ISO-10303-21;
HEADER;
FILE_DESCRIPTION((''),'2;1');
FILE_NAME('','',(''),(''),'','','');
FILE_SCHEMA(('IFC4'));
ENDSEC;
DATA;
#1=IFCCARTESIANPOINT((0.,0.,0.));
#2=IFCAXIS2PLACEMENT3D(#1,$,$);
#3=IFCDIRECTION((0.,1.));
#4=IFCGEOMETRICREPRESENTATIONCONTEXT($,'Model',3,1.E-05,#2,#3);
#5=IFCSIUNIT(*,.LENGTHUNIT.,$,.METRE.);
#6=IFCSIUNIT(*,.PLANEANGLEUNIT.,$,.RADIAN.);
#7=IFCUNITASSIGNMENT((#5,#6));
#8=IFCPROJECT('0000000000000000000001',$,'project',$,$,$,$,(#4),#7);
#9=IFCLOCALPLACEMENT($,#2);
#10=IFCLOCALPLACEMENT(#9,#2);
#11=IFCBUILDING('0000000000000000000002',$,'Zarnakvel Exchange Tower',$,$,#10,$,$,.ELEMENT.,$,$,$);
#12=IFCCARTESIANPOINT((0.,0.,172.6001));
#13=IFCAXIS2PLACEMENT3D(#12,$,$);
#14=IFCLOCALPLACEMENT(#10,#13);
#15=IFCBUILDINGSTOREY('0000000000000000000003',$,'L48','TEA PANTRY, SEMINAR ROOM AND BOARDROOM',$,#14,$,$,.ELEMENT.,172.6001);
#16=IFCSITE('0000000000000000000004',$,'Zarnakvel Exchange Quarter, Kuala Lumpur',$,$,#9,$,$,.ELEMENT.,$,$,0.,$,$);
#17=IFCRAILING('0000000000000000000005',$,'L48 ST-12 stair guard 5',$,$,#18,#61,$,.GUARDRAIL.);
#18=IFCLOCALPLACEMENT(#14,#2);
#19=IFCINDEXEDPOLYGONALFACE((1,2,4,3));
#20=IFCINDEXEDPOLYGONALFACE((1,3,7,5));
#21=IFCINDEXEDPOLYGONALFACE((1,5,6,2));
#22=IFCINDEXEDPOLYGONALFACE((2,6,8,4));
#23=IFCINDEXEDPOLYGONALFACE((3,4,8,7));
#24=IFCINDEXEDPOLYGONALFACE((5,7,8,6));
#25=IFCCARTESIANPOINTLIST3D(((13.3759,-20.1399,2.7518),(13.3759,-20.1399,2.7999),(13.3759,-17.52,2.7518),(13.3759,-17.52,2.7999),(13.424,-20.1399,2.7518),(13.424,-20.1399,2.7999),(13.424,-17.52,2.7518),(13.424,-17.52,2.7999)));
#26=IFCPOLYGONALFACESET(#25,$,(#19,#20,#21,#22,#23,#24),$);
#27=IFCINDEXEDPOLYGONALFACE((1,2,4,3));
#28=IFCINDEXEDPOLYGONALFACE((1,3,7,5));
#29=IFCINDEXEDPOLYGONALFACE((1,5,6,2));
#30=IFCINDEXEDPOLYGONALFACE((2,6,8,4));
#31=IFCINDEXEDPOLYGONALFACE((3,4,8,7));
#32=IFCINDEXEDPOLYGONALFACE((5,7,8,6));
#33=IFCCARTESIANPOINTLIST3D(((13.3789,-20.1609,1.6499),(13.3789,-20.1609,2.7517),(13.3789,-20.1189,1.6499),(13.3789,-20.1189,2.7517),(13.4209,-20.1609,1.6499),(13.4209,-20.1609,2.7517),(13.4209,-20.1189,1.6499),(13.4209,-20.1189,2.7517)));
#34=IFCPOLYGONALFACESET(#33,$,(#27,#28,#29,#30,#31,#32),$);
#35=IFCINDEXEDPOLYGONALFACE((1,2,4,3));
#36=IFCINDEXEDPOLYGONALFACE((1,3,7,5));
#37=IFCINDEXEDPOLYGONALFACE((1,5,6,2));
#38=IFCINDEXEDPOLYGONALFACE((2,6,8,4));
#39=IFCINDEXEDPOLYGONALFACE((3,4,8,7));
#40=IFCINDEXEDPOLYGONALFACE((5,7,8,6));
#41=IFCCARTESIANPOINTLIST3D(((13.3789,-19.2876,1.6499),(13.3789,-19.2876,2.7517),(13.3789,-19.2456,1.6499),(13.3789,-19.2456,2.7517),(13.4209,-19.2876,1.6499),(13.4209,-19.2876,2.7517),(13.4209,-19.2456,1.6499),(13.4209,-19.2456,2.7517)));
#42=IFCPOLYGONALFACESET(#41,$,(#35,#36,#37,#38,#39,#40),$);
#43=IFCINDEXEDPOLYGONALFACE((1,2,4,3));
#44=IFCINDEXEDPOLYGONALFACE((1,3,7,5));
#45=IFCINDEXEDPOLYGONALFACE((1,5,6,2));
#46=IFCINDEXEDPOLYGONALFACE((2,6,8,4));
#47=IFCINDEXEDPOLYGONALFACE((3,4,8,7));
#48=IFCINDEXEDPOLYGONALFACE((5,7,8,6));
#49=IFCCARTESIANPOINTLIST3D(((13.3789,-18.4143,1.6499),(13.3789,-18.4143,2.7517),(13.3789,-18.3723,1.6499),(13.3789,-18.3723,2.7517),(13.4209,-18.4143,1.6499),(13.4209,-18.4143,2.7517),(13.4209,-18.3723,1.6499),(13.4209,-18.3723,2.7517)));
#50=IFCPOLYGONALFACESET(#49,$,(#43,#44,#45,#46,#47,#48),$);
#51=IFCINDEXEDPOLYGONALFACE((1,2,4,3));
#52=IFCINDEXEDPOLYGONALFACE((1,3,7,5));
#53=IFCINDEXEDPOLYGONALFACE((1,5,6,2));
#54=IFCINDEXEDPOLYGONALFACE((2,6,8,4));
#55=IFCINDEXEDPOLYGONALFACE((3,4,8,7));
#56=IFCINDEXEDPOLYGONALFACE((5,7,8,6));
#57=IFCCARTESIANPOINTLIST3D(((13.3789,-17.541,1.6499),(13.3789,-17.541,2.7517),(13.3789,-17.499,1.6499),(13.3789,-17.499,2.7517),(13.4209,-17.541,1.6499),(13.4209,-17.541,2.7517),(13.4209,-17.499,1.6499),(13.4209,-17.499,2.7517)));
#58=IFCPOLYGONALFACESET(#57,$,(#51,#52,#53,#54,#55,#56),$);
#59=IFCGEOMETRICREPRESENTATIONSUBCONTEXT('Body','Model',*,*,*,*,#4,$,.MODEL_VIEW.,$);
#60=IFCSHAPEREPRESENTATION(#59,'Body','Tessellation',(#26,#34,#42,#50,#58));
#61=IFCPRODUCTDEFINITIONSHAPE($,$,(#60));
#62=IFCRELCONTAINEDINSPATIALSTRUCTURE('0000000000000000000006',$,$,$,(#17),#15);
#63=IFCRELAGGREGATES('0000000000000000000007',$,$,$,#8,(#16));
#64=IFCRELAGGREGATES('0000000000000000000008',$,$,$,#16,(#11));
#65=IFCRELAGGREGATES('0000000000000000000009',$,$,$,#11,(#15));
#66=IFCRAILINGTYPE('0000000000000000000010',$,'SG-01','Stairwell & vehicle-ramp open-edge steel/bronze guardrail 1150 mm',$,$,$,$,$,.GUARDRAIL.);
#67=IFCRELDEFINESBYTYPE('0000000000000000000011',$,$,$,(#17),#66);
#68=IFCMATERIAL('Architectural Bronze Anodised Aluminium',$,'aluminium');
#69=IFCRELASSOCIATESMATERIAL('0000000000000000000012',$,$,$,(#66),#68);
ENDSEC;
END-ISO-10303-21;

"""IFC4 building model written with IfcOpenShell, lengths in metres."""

from ifc_helpers import new_model, si_unit, direction, frame, origin, origin_2d, place, context, subcontext, project, spatial, rectangle, extrude, material, type_object, element, save


model = new_model("IFC4")

# Units and contexts
model_context = context("Model", 3, precision=1e-05, world=origin(), true_north=direction((0.0, 1.0)))
body_context = subcontext(model_context, "Body", "Model", "MODEL_VIEW")
ifc_project = project(units=[si_unit("LENGTHUNIT", "METRE"), si_unit("PLANEANGLEUNIT", "RADIAN")], contexts=[model_context])

# Site, building, storey
site_placement = place(None, origin())
site = spatial("IfcSite", under=ifc_project, at=site_placement, Name="Zarnakvel Exchange Quarter, Kuala Lumpur", CompositionType="ELEMENT", RefElevation=0.0)
building_placement = place(site_placement, origin())
building = spatial("IfcBuilding", under=site, at=building_placement, Name="Zarnakvel Exchange Tower", CompositionType="ELEMENT")
storey_placement = place(building_placement, frame((0.0, 0.0, 172.6001)))
storey = spatial("IfcBuildingStorey", under=building, at=storey_placement, Name="L48", Description="TEA PANTRY, SEMINAR ROOM AND BOARDROOM", CompositionType="ELEMENT", Elevation=172.6001)

# Shared definitions
ifc_material_1 = material(Name="Architectural Bronze Anodised Aluminium", Category="aluminium")

# Railing
railing_type_1 = type_object("IfcRailingType", Name="SG-01", Description="Stairwell & vehicle-ramp open-edge steel/bronze guardrail 1150 mm", PredefinedType="GUARDRAIL", material=ifc_material_1)
railing_1_placement = place(storey_placement, frame((13.3999, -20.1399, 1.6499)))
element("IfcRailing", 1, at=railing_1_placement, inside=storey, type_object=railing_type_1, Name="L48 ST-12 stair guard 5", PredefinedType="GUARDRAIL", context=body_context, shape_type="SweptSolid", body=[
    extrude(rectangle(XDim=0.0481, YDim=0.0481, at=origin_2d()), frame((0.0, 0.0, 1.126), z_axis=(0.0, 1.0, 0.0), x_axis=(-1.0, 0.0, 0.0)), (0.0, 0.0, 1.0), 2.6199),
    extrude(rectangle(XDim=0.042, YDim=0.042, at=origin_2d()), origin(), (0.0, 0.0, 1.0), 1.1018),
    extrude(rectangle(XDim=0.042, YDim=0.042, at=origin_2d()), frame((0.0, 0.8733, 0.0)), (0.0, 0.0, 1.0), 1.1018),
    extrude(rectangle(XDim=0.042, YDim=0.042, at=origin_2d()), frame((0.0, 1.7466, 0.0)), (0.0, 0.0, 1.0), 1.1018),
    extrude(rectangle(XDim=0.042, YDim=0.042, at=origin_2d()), frame((0.0, 2.6199, 0.0)), (0.0, 0.0, 1.0), 1.1018),
])

save(model, "model.ifc")
